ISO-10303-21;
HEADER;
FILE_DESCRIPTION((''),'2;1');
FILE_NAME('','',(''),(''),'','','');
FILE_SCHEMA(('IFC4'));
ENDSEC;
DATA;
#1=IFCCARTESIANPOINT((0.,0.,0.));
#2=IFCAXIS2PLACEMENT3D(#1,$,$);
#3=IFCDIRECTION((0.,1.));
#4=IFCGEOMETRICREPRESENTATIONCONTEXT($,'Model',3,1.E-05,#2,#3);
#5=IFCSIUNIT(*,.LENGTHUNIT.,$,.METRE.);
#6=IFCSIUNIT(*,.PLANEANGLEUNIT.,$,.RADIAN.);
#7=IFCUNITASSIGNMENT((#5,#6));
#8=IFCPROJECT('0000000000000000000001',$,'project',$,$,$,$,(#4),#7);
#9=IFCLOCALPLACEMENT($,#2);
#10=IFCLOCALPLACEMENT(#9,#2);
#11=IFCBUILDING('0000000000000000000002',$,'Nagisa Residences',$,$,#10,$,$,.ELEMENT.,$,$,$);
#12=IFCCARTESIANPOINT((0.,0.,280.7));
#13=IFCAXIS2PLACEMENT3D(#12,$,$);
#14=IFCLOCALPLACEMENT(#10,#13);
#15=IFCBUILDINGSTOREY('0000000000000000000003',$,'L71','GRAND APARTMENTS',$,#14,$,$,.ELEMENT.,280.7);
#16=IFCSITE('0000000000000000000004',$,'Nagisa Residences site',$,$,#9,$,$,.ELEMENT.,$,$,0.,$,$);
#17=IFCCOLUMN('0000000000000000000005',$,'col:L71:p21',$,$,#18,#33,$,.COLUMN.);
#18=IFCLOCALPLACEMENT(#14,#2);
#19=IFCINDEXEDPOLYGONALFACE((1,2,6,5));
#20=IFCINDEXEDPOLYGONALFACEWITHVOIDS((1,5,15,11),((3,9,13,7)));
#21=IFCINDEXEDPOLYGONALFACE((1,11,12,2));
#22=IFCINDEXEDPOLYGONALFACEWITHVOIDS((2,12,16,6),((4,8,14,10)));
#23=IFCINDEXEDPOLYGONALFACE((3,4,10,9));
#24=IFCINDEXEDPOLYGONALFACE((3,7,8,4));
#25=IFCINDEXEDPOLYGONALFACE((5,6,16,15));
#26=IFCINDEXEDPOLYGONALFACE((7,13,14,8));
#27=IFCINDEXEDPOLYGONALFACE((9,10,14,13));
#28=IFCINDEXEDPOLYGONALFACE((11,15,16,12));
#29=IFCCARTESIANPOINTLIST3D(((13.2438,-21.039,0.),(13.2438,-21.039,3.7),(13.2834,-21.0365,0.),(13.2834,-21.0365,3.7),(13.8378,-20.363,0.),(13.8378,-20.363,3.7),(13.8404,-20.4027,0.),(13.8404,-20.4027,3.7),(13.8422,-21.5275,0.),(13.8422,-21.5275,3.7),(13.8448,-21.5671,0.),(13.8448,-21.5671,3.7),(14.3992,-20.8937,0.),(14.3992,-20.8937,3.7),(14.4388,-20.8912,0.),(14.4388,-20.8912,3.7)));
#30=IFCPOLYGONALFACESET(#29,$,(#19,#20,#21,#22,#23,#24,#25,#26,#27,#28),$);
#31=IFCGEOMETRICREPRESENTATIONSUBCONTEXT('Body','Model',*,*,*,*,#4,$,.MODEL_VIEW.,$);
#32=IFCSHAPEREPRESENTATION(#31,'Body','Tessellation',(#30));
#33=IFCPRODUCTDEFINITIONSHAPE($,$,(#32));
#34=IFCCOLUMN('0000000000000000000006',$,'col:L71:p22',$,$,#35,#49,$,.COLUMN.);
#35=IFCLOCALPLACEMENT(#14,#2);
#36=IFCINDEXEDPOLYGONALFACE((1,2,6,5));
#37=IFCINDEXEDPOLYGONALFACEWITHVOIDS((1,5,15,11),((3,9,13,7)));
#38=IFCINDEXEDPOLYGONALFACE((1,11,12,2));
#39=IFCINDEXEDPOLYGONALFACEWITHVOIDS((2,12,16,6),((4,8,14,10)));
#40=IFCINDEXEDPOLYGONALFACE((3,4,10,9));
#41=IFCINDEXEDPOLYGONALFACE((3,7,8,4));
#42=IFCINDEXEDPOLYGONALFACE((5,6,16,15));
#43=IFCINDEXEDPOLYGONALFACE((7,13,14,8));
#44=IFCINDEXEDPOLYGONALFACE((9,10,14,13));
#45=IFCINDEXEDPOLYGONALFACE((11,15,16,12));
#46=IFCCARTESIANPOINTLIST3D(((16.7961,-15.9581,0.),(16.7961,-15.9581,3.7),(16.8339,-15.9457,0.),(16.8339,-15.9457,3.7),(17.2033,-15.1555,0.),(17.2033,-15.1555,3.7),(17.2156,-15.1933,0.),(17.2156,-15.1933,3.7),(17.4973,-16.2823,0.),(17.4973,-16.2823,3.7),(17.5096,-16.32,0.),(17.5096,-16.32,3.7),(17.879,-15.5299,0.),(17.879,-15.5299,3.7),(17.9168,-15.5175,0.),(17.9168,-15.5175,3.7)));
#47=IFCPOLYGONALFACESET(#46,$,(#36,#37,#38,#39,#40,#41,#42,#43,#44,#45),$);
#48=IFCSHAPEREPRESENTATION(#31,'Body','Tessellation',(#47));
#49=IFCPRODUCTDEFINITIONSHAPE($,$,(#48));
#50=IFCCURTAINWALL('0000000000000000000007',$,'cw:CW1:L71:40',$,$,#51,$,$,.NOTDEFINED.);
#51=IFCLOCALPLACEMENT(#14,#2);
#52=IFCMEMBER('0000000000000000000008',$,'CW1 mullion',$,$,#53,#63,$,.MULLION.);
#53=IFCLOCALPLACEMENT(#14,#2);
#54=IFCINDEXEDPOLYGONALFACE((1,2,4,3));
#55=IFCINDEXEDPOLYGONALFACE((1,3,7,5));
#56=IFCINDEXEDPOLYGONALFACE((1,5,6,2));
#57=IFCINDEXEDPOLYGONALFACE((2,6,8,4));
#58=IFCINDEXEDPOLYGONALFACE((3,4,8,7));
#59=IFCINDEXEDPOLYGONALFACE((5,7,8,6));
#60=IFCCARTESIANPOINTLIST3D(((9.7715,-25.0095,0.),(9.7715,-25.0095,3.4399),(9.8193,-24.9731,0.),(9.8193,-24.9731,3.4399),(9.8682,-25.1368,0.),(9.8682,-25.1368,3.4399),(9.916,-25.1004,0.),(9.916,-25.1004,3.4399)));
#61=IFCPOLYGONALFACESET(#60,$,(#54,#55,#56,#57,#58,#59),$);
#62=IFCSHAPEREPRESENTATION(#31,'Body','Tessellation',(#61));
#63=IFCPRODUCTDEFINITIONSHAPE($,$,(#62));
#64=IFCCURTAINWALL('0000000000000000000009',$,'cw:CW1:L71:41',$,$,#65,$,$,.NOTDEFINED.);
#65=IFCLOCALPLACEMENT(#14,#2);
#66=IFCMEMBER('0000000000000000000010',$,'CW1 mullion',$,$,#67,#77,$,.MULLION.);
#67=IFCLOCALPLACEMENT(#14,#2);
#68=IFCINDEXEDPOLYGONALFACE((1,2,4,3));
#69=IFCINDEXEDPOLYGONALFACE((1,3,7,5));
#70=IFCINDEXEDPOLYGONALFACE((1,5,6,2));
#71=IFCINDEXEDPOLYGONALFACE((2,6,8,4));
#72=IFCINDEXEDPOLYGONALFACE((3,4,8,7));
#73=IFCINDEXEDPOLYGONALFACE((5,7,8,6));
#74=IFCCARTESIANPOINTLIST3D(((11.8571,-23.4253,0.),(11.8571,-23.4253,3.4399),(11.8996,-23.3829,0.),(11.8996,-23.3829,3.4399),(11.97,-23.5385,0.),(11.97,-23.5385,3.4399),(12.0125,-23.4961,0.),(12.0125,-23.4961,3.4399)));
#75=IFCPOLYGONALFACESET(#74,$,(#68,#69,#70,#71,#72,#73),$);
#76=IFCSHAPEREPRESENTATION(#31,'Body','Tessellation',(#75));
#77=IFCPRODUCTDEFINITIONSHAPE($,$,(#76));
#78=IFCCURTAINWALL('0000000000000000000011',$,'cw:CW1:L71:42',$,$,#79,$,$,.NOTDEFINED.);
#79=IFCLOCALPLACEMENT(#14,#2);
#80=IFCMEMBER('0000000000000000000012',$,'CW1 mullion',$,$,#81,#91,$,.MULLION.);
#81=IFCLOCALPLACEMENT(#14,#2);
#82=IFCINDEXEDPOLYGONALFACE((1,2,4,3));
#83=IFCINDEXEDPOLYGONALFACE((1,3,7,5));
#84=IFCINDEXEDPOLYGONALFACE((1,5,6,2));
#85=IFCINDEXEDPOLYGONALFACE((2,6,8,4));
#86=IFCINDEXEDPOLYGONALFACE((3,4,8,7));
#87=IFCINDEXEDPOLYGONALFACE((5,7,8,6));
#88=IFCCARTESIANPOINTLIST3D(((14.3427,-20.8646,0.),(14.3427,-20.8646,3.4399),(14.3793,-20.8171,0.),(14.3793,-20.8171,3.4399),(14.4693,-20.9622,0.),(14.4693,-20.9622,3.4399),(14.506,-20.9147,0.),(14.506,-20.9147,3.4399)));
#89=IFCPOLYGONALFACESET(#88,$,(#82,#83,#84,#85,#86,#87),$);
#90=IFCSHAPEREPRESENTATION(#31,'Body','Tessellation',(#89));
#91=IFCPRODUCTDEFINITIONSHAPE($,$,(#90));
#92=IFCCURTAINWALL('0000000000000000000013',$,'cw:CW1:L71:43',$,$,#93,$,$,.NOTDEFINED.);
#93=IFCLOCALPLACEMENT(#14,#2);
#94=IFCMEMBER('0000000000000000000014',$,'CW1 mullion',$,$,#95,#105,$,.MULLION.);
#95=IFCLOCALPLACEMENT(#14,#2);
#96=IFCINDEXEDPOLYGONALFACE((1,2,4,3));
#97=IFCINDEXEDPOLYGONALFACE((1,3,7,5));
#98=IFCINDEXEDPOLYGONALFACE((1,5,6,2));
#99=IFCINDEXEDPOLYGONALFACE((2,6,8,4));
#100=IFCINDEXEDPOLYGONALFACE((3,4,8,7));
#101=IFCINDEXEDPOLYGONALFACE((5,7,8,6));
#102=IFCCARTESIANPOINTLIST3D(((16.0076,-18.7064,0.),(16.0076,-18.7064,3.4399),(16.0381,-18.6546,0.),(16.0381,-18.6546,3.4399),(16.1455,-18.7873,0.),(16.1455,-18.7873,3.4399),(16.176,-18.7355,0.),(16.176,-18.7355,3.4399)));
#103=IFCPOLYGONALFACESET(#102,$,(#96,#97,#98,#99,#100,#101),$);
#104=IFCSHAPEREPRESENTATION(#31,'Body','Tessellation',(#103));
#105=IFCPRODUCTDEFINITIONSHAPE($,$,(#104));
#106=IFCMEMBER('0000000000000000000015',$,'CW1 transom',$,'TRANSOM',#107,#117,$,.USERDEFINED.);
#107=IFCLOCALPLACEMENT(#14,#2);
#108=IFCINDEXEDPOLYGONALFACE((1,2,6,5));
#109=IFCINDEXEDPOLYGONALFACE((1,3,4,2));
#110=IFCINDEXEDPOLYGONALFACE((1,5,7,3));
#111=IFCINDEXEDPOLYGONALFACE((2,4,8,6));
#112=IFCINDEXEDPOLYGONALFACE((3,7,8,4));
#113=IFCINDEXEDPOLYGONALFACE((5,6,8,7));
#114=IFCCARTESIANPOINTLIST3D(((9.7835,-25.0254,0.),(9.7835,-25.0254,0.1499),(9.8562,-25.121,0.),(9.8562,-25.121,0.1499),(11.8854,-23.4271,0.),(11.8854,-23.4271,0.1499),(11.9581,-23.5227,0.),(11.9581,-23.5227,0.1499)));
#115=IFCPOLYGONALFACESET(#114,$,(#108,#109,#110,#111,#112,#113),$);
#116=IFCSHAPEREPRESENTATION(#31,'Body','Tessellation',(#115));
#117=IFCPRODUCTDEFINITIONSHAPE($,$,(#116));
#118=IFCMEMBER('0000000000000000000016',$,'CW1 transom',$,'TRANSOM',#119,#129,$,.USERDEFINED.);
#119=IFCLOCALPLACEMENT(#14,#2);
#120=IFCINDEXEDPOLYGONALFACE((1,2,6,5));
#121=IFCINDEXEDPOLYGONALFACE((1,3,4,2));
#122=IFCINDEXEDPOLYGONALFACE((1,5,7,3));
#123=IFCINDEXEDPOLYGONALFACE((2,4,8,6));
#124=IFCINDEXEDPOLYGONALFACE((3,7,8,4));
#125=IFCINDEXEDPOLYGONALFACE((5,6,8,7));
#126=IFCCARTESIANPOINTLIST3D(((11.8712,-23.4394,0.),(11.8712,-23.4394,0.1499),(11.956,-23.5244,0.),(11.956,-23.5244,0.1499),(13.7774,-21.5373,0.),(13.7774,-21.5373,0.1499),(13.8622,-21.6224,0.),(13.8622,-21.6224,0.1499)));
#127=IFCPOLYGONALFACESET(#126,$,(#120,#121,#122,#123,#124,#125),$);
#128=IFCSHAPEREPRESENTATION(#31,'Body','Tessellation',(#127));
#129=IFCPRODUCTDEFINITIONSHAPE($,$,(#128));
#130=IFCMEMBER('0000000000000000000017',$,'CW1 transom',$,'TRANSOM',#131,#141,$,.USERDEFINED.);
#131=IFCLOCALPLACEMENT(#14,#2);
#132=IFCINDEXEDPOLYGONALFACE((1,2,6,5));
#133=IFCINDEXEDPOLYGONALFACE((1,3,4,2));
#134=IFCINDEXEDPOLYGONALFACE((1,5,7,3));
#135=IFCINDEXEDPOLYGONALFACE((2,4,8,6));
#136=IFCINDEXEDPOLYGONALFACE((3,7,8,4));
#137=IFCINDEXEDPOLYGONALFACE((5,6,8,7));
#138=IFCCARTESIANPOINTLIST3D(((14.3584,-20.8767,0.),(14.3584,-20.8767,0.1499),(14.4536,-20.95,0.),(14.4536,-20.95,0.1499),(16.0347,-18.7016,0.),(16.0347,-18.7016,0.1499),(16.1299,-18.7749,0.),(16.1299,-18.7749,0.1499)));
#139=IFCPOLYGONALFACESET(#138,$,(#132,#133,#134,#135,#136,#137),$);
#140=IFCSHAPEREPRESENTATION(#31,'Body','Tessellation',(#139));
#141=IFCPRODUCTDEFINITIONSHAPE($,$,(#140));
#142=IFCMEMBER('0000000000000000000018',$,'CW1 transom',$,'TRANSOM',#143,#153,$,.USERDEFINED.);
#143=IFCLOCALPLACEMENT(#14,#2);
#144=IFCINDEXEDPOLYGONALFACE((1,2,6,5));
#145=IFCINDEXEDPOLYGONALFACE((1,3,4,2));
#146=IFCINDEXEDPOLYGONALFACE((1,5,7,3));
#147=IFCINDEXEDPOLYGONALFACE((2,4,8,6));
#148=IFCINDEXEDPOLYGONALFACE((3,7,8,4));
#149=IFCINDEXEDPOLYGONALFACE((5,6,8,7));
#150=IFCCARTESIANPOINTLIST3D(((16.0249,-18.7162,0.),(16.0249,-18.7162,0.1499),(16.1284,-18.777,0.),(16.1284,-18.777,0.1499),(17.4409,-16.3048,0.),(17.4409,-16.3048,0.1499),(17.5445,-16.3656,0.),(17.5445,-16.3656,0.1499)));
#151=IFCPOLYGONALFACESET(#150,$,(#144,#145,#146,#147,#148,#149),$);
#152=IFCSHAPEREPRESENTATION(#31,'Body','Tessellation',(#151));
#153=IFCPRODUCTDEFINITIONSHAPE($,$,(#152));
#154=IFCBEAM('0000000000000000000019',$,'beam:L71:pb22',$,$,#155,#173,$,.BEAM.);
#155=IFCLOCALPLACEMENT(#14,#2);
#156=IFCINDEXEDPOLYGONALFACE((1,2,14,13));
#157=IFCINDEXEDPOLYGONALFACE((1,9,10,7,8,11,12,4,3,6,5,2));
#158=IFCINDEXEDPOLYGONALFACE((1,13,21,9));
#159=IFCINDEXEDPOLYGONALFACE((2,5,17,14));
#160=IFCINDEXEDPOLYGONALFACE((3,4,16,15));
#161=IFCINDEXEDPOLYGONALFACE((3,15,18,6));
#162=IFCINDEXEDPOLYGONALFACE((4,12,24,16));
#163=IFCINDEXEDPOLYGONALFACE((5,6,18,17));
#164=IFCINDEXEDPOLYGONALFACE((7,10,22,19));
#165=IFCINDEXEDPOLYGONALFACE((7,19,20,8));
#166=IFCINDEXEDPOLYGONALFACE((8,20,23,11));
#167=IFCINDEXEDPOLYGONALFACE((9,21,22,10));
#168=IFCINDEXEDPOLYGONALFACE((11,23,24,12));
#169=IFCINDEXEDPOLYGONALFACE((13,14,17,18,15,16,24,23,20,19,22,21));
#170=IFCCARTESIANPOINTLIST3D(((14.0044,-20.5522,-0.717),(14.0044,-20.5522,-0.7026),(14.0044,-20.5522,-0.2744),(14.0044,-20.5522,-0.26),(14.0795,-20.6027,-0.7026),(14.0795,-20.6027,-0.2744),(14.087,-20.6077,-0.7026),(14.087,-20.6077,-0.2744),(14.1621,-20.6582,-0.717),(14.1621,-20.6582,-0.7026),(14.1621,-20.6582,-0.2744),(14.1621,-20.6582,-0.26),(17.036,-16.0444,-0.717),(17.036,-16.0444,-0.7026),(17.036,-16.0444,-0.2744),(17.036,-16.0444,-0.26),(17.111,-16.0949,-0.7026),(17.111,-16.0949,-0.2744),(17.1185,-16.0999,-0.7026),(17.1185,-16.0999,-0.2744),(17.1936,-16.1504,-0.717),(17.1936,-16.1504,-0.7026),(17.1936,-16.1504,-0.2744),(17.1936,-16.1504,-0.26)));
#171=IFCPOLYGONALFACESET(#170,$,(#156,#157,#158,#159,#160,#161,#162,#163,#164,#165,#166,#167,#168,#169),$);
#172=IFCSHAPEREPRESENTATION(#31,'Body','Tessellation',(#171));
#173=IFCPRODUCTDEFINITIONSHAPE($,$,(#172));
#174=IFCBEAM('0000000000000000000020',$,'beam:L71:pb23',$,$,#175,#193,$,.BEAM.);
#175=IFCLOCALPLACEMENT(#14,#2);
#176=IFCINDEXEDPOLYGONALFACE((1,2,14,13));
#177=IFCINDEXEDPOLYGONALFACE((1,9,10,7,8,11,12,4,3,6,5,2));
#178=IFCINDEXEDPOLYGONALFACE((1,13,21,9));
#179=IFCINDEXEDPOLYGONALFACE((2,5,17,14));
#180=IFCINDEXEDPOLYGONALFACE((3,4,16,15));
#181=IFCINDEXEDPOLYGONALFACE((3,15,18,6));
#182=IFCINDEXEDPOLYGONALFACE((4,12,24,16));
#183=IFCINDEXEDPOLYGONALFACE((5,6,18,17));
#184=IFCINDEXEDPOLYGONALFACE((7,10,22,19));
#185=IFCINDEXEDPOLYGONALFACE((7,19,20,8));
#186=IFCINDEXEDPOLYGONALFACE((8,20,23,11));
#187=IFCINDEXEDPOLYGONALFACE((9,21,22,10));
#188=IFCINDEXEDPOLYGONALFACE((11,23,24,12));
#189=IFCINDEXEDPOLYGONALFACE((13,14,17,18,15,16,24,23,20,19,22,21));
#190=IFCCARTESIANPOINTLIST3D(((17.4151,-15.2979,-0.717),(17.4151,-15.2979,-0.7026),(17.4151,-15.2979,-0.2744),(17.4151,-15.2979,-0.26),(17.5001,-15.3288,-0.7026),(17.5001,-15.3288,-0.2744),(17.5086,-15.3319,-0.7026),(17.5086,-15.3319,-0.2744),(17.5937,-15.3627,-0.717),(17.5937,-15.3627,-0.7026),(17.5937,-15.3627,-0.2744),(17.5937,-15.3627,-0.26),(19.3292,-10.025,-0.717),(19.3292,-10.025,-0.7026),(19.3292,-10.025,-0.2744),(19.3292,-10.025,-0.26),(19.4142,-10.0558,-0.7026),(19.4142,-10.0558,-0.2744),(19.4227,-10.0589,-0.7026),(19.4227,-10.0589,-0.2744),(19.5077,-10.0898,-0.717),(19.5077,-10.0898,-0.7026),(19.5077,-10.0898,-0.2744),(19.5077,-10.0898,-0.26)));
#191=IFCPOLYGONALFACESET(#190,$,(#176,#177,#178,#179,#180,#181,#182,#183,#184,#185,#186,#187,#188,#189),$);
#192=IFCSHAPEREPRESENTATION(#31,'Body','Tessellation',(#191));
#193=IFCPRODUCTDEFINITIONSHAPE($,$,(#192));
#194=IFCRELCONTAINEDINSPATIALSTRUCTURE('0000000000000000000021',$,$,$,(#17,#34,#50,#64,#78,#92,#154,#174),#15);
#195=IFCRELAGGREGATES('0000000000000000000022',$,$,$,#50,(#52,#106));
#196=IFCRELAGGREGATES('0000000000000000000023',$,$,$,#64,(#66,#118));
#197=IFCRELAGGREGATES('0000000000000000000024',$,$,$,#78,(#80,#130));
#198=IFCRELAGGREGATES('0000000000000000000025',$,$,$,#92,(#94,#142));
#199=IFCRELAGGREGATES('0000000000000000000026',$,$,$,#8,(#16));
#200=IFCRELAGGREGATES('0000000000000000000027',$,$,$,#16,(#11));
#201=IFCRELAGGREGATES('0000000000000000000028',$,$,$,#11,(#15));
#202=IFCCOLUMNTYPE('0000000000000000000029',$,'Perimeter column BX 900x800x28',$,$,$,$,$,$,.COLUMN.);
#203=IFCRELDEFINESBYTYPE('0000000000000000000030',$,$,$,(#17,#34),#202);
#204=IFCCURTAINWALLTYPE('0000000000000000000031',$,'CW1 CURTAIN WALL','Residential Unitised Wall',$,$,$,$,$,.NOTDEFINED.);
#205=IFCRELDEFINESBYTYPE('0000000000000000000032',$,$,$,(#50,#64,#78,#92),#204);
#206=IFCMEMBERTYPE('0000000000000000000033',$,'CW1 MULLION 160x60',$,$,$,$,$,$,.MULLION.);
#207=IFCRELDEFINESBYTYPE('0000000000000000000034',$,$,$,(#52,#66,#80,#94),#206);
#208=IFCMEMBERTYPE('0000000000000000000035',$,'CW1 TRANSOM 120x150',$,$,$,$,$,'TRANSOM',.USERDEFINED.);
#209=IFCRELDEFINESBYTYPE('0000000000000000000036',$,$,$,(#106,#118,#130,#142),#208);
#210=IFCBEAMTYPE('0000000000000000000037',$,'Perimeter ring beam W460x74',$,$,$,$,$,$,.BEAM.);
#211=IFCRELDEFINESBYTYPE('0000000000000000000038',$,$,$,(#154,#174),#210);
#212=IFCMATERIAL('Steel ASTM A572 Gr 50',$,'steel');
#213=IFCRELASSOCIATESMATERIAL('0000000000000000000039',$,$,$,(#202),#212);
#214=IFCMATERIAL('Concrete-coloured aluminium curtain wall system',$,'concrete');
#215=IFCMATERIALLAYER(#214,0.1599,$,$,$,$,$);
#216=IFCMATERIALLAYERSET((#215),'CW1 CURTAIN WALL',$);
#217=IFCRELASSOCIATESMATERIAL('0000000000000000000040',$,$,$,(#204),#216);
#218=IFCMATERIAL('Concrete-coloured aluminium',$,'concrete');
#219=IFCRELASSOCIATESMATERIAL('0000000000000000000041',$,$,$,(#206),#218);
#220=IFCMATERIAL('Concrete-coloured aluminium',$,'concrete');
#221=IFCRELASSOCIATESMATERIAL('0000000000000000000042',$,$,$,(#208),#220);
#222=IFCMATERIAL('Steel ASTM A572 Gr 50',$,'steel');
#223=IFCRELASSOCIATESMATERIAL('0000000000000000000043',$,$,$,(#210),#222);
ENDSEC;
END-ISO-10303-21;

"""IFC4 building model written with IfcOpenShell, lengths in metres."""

from ifc_helpers import new_model, si_unit, direction, frame, origin, origin_2d, place, context, subcontext, project, spatial, rectangle, hollow_rectangle, i_section, extrude, material, layer, layer_set, material_profile, profile_set, type_object, element, aggregate, save


model = new_model("IFC4")

# Units and contexts
model_context = context("Model", 3, precision=1e-05, world=origin(), true_north=direction((0.0, 1.0)))
body_context = subcontext(model_context, "Body", "Model", "MODEL_VIEW")
ifc_project = project(units=[si_unit("LENGTHUNIT", "METRE"), si_unit("PLANEANGLEUNIT", "RADIAN")], contexts=[model_context])

# Site, building, storey
site_placement = place(None, origin())
site = spatial("IfcSite", under=ifc_project, at=site_placement, Name="Nagisa Residences site", CompositionType="ELEMENT", RefElevation=0.0)
building_placement = place(site_placement, origin())
building = spatial("IfcBuilding", under=site, at=building_placement, Name="Nagisa Residences", CompositionType="ELEMENT")
storey_placement = place(building_placement, frame((0.0, 0.0, 280.7)))
storey = spatial("IfcBuildingStorey", under=building, at=storey_placement, Name="L71", Description="GRAND APARTMENTS", CompositionType="ELEMENT", Elevation=280.7)

# Columns
ifc_material_1 = material(Name="Steel ASTM A572 Gr 50", Category="steel")
ifc_material_profile_1 = material_profile(ifc_material_1, hollow_rectangle(XDim=0.8999, YDim=0.8, WallThickness=0.0281, at=origin_2d()), Name="BX 900x800x28")
ifc_profile_set_1 = profile_set([ifc_material_profile_1], Name="Steel ASTM A572 Gr 50")
column_type = type_object("IfcColumnType", Name="Perimeter column BX 900x800x28", PredefinedType="COLUMN", material=ifc_profile_set_1)
for number, where, z_axis, x_axis, name in (
    (1, (13.8413, -20.9651, 0.0), (0.0, 0.0, 1.0), (0.660115, 0.751165, 0.0), "col:L71:p21"),
    (2, (17.3564, -15.7378, 0.0), (0.0, 0.0, 1.0), (0.452463, 0.891783, 0.0), "col:L71:p22"),
):
    element("IfcColumn", number, at=place(storey_placement, frame(where, z_axis=z_axis, x_axis=x_axis)), inside=storey, type_object=column_type, Name=name, PredefinedType="COLUMN", context=body_context, shape_type="SweptSolid", body=[
        extrude(hollow_rectangle(XDim=0.8999, YDim=0.8, WallThickness=0.0281, at=origin_2d()), origin(), (0.0, 0.0, 1.0), 3.7),
    ])

# Curtain walls, members
ifc_material_2 = material(Name="Concrete-coloured aluminium curtain wall system", Category="concrete")
ifc_layer_1 = layer(ifc_material_2, 0.1599)
ifc_layer_set_1 = layer_set([ifc_layer_1], Name="CW1 CURTAIN WALL")
curtain_wall_type = type_object("IfcCurtainWallType", Name="CW1 CURTAIN WALL", Description="Residential Unitised Wall", PredefinedType="NOTDEFINED", material=ifc_layer_set_1)
curtain_wall_1_placement = place(storey_placement, origin())
curtain_wall_1 = element("IfcCurtainWall", 3, at=curtain_wall_1_placement, inside=storey, type_object=curtain_wall_type, Name="cw:CW1:L71:40", PredefinedType="NOTDEFINED")
ifc_material_3 = material(Name="Concrete-coloured aluminium", Category="concrete")
ifc_material_profile_2 = material_profile(ifc_material_3, rectangle(XDim=0.1599, YDim=0.0601, at=origin_2d()), Name="CW1 MULLION 160x60")
ifc_profile_set_2 = profile_set([ifc_material_profile_2], Name="Concrete-coloured aluminium")
member_type_1 = type_object("IfcMemberType", Name="CW1 MULLION 160x60", PredefinedType="MULLION", material=ifc_profile_set_2)
member_1_placement = place(storey_placement, frame((9.8438, -25.0549, 0.0), z_axis=(0.0, 0.0, 1.0), x_axis=(-0.605255, 0.796031, 0.0)))
member_1 = element("IfcMember", 4, at=member_1_placement, type_object=member_type_1, Name="CW1 mullion", PredefinedType="MULLION", context=body_context, shape_type="SweptSolid", body=[
    extrude(rectangle(XDim=0.1599, YDim=0.0601, at=origin_2d()), origin(), (0.0, 0.0, 1.0), 3.4399),
])
curtain_wall_2_placement = place(storey_placement, origin())
curtain_wall_2 = element("IfcCurtainWall", 5, at=curtain_wall_2_placement, inside=storey, type_object=curtain_wall_type, Name="cw:CW1:L71:41", PredefinedType="NOTDEFINED")
member_2_placement = place(storey_placement, frame((11.9348, -23.4607, 0.0), z_axis=(0.0, 0.0, 1.0), x_axis=(-0.706377, 0.707836, 0.0)))
member_2 = element("IfcMember", 6, at=member_2_placement, type_object=member_type_1, Name="CW1 mullion", PredefinedType="MULLION", context=body_context, shape_type="SweptSolid", body=[
    extrude(rectangle(XDim=0.1599, YDim=0.0601, at=origin_2d()), origin(), (0.0, 0.0, 1.0), 3.4399),
])
curtain_wall_3_placement = place(storey_placement, origin())
curtain_wall_3 = element("IfcCurtainWall", 7, at=curtain_wall_3_placement, inside=storey, type_object=curtain_wall_type, Name="cw:CW1:L71:42", PredefinedType="NOTDEFINED")
member_3_placement = place(storey_placement, frame((14.4243, -20.8896, 0.0), z_axis=(0.0, 0.0, 1.0), x_axis=(-0.79207, 0.61043, 0.0)))
member_3 = element("IfcMember", 8, at=member_3_placement, type_object=member_type_1, Name="CW1 mullion", PredefinedType="MULLION", context=body_context, shape_type="SweptSolid", body=[
    extrude(rectangle(XDim=0.1599, YDim=0.0601, at=origin_2d()), origin(), (0.0, 0.0, 1.0), 3.4399),
])
curtain_wall_4_placement = place(storey_placement, origin())
curtain_wall_4 = element("IfcCurtainWall", 9, at=curtain_wall_4_placement, inside=storey, type_object=curtain_wall_type, Name="cw:CW1:L71:43", PredefinedType="NOTDEFINED")
member_4_placement = place(storey_placement, frame((16.0918, -18.7209, 0.0), z_axis=(0.0, 0.0, 1.0), x_axis=(-0.862329, 0.506349, 0.0)))
member_4 = element("IfcMember", 10, at=member_4_placement, type_object=member_type_1, Name="CW1 mullion", PredefinedType="MULLION", context=body_context, shape_type="SweptSolid", body=[
    extrude(rectangle(XDim=0.1599, YDim=0.0601, at=origin_2d()), origin(), (0.0, 0.0, 1.0), 3.4399),
])

# Members
ifc_material_4 = material(Name="Concrete-coloured aluminium", Category="concrete")
ifc_material_profile_3 = material_profile(ifc_material_4, rectangle(XDim=0.1201, YDim=0.1499, at=origin_2d()), Name="CW1 TRANSOM 120x150")
ifc_profile_set_3 = profile_set([ifc_material_profile_3], Name="Concrete-coloured aluminium")
member_type_2 = type_object("IfcMemberType", Name="CW1 TRANSOM 120x150", ElementType="TRANSOM", PredefinedType="USERDEFINED", material=ifc_profile_set_3)
member_5_placement = place(storey_placement, frame((9.8198, -25.0732, 0.075), z_axis=(0.796011, 0.605282, 0.0), x_axis=(-0.605282, 0.796011, 0.0)))
member_5 = element("IfcMember", 11, at=member_5_placement, type_object=member_type_2, Name="CW1 transom", ObjectType="TRANSOM", PredefinedType="USERDEFINED", context=body_context, shape_type="SweptSolid", body=[
    extrude(rectangle(XDim=0.1201, YDim=0.1499, at=origin_2d()), origin(), (0.0, 0.0, 1.0), 2.6406),
])
member_6_placement = place(storey_placement, frame((11.9136, -23.4819, 0.075), z_axis=(0.707877, 0.706336, 0.0), x_axis=(-0.706336, 0.707877, 0.0)))
member_6 = element("IfcMember", 12, at=member_6_placement, type_object=member_type_2, Name="CW1 transom", ObjectType="TRANSOM", PredefinedType="USERDEFINED", context=body_context, shape_type="SweptSolid", body=[
    extrude(rectangle(XDim=0.1201, YDim=0.1499, at=origin_2d()), origin(), (0.0, 0.0, 1.0), 2.6929),
])
member_7_placement = place(storey_placement, frame((14.406, -20.9133, 0.075), z_axis=(0.610432, 0.792068, 0.0), x_axis=(-0.792068, 0.610432, 0.0)))
member_7 = element("IfcMember", 13, at=member_7_placement, type_object=member_type_2, Name="CW1 transom", ObjectType="TRANSOM", PredefinedType="USERDEFINED", context=body_context, shape_type="SweptSolid", body=[
    extrude(rectangle(XDim=0.1201, YDim=0.1499, at=origin_2d()), origin(), (0.0, 0.0, 1.0), 2.7461),
])
member_8_placement = place(storey_placement, frame((16.0767, -18.7466, 0.075), z_axis=(0.506371, 0.862316, 0.0), x_axis=(-0.862316, 0.506371, 0.0)))
member_8 = element("IfcMember", 14, at=member_8_placement, type_object=member_type_2, Name="CW1 transom", ObjectType="TRANSOM", PredefinedType="USERDEFINED", context=body_context, shape_type="SweptSolid", body=[
    extrude(rectangle(XDim=0.1201, YDim=0.1499, at=origin_2d()), origin(), (0.0, 0.0, 1.0), 2.7964),
])

# Beams
ifc_material_5 = material(Name="Steel ASTM A572 Gr 50", Category="steel")
ifc_material_profile_4 = material_profile(ifc_material_5, i_section(OverallWidth=0.1899, OverallDepth=0.457, WebThickness=0.009, FlangeThickness=0.0144, at=origin_2d()), Name="W460x74")
ifc_profile_set_4 = profile_set([ifc_material_profile_4], Name="Steel ASTM A572 Gr 50")
beam_type_1 = type_object("IfcBeamType", Name="Perimeter ring beam W460x74", PredefinedType="BEAM", material=ifc_profile_set_4)
beam_1_placement = place(storey_placement, frame((14.0833, -20.6052, -0.4885), z_axis=(0.558046, 0.82981, 0.0), x_axis=(-0.82981, 0.558046, 0.0)))
element("IfcBeam", 15, at=beam_1_placement, inside=storey, type_object=beam_type_1, Name="beam:L71:pb22", PredefinedType="BEAM", context=body_context, shape_type="SweptSolid", body=[
    extrude(i_section(OverallWidth=0.1899, OverallDepth=0.457, WebThickness=0.009, FlangeThickness=0.0144, at=origin_2d()), origin(), (0.0, 0.0, 1.0), 5.4324),
])
beam_2_placement = place(storey_placement, frame((17.5044, -15.3303, -0.4885), z_axis=(0.341212, 0.939986, 0.0), x_axis=(-0.939986, 0.341212, 0.0)))
element("IfcBeam", 16, at=beam_2_placement, inside=storey, type_object=beam_type_1, Name="beam:L71:pb23", PredefinedType="BEAM", context=body_context, shape_type="SweptSolid", body=[
    extrude(i_section(OverallWidth=0.1899, OverallDepth=0.457, WebThickness=0.009, FlangeThickness=0.0144, at=origin_2d()), origin(), (0.0, 0.0, 1.0), 5.6096),
])

aggregate(curtain_wall_1, [member_1, member_5])
aggregate(curtain_wall_2, [member_2, member_6])
aggregate(curtain_wall_3, [member_3, member_7])
aggregate(curtain_wall_4, [member_4, member_8])

save(model, "model.ifc")
